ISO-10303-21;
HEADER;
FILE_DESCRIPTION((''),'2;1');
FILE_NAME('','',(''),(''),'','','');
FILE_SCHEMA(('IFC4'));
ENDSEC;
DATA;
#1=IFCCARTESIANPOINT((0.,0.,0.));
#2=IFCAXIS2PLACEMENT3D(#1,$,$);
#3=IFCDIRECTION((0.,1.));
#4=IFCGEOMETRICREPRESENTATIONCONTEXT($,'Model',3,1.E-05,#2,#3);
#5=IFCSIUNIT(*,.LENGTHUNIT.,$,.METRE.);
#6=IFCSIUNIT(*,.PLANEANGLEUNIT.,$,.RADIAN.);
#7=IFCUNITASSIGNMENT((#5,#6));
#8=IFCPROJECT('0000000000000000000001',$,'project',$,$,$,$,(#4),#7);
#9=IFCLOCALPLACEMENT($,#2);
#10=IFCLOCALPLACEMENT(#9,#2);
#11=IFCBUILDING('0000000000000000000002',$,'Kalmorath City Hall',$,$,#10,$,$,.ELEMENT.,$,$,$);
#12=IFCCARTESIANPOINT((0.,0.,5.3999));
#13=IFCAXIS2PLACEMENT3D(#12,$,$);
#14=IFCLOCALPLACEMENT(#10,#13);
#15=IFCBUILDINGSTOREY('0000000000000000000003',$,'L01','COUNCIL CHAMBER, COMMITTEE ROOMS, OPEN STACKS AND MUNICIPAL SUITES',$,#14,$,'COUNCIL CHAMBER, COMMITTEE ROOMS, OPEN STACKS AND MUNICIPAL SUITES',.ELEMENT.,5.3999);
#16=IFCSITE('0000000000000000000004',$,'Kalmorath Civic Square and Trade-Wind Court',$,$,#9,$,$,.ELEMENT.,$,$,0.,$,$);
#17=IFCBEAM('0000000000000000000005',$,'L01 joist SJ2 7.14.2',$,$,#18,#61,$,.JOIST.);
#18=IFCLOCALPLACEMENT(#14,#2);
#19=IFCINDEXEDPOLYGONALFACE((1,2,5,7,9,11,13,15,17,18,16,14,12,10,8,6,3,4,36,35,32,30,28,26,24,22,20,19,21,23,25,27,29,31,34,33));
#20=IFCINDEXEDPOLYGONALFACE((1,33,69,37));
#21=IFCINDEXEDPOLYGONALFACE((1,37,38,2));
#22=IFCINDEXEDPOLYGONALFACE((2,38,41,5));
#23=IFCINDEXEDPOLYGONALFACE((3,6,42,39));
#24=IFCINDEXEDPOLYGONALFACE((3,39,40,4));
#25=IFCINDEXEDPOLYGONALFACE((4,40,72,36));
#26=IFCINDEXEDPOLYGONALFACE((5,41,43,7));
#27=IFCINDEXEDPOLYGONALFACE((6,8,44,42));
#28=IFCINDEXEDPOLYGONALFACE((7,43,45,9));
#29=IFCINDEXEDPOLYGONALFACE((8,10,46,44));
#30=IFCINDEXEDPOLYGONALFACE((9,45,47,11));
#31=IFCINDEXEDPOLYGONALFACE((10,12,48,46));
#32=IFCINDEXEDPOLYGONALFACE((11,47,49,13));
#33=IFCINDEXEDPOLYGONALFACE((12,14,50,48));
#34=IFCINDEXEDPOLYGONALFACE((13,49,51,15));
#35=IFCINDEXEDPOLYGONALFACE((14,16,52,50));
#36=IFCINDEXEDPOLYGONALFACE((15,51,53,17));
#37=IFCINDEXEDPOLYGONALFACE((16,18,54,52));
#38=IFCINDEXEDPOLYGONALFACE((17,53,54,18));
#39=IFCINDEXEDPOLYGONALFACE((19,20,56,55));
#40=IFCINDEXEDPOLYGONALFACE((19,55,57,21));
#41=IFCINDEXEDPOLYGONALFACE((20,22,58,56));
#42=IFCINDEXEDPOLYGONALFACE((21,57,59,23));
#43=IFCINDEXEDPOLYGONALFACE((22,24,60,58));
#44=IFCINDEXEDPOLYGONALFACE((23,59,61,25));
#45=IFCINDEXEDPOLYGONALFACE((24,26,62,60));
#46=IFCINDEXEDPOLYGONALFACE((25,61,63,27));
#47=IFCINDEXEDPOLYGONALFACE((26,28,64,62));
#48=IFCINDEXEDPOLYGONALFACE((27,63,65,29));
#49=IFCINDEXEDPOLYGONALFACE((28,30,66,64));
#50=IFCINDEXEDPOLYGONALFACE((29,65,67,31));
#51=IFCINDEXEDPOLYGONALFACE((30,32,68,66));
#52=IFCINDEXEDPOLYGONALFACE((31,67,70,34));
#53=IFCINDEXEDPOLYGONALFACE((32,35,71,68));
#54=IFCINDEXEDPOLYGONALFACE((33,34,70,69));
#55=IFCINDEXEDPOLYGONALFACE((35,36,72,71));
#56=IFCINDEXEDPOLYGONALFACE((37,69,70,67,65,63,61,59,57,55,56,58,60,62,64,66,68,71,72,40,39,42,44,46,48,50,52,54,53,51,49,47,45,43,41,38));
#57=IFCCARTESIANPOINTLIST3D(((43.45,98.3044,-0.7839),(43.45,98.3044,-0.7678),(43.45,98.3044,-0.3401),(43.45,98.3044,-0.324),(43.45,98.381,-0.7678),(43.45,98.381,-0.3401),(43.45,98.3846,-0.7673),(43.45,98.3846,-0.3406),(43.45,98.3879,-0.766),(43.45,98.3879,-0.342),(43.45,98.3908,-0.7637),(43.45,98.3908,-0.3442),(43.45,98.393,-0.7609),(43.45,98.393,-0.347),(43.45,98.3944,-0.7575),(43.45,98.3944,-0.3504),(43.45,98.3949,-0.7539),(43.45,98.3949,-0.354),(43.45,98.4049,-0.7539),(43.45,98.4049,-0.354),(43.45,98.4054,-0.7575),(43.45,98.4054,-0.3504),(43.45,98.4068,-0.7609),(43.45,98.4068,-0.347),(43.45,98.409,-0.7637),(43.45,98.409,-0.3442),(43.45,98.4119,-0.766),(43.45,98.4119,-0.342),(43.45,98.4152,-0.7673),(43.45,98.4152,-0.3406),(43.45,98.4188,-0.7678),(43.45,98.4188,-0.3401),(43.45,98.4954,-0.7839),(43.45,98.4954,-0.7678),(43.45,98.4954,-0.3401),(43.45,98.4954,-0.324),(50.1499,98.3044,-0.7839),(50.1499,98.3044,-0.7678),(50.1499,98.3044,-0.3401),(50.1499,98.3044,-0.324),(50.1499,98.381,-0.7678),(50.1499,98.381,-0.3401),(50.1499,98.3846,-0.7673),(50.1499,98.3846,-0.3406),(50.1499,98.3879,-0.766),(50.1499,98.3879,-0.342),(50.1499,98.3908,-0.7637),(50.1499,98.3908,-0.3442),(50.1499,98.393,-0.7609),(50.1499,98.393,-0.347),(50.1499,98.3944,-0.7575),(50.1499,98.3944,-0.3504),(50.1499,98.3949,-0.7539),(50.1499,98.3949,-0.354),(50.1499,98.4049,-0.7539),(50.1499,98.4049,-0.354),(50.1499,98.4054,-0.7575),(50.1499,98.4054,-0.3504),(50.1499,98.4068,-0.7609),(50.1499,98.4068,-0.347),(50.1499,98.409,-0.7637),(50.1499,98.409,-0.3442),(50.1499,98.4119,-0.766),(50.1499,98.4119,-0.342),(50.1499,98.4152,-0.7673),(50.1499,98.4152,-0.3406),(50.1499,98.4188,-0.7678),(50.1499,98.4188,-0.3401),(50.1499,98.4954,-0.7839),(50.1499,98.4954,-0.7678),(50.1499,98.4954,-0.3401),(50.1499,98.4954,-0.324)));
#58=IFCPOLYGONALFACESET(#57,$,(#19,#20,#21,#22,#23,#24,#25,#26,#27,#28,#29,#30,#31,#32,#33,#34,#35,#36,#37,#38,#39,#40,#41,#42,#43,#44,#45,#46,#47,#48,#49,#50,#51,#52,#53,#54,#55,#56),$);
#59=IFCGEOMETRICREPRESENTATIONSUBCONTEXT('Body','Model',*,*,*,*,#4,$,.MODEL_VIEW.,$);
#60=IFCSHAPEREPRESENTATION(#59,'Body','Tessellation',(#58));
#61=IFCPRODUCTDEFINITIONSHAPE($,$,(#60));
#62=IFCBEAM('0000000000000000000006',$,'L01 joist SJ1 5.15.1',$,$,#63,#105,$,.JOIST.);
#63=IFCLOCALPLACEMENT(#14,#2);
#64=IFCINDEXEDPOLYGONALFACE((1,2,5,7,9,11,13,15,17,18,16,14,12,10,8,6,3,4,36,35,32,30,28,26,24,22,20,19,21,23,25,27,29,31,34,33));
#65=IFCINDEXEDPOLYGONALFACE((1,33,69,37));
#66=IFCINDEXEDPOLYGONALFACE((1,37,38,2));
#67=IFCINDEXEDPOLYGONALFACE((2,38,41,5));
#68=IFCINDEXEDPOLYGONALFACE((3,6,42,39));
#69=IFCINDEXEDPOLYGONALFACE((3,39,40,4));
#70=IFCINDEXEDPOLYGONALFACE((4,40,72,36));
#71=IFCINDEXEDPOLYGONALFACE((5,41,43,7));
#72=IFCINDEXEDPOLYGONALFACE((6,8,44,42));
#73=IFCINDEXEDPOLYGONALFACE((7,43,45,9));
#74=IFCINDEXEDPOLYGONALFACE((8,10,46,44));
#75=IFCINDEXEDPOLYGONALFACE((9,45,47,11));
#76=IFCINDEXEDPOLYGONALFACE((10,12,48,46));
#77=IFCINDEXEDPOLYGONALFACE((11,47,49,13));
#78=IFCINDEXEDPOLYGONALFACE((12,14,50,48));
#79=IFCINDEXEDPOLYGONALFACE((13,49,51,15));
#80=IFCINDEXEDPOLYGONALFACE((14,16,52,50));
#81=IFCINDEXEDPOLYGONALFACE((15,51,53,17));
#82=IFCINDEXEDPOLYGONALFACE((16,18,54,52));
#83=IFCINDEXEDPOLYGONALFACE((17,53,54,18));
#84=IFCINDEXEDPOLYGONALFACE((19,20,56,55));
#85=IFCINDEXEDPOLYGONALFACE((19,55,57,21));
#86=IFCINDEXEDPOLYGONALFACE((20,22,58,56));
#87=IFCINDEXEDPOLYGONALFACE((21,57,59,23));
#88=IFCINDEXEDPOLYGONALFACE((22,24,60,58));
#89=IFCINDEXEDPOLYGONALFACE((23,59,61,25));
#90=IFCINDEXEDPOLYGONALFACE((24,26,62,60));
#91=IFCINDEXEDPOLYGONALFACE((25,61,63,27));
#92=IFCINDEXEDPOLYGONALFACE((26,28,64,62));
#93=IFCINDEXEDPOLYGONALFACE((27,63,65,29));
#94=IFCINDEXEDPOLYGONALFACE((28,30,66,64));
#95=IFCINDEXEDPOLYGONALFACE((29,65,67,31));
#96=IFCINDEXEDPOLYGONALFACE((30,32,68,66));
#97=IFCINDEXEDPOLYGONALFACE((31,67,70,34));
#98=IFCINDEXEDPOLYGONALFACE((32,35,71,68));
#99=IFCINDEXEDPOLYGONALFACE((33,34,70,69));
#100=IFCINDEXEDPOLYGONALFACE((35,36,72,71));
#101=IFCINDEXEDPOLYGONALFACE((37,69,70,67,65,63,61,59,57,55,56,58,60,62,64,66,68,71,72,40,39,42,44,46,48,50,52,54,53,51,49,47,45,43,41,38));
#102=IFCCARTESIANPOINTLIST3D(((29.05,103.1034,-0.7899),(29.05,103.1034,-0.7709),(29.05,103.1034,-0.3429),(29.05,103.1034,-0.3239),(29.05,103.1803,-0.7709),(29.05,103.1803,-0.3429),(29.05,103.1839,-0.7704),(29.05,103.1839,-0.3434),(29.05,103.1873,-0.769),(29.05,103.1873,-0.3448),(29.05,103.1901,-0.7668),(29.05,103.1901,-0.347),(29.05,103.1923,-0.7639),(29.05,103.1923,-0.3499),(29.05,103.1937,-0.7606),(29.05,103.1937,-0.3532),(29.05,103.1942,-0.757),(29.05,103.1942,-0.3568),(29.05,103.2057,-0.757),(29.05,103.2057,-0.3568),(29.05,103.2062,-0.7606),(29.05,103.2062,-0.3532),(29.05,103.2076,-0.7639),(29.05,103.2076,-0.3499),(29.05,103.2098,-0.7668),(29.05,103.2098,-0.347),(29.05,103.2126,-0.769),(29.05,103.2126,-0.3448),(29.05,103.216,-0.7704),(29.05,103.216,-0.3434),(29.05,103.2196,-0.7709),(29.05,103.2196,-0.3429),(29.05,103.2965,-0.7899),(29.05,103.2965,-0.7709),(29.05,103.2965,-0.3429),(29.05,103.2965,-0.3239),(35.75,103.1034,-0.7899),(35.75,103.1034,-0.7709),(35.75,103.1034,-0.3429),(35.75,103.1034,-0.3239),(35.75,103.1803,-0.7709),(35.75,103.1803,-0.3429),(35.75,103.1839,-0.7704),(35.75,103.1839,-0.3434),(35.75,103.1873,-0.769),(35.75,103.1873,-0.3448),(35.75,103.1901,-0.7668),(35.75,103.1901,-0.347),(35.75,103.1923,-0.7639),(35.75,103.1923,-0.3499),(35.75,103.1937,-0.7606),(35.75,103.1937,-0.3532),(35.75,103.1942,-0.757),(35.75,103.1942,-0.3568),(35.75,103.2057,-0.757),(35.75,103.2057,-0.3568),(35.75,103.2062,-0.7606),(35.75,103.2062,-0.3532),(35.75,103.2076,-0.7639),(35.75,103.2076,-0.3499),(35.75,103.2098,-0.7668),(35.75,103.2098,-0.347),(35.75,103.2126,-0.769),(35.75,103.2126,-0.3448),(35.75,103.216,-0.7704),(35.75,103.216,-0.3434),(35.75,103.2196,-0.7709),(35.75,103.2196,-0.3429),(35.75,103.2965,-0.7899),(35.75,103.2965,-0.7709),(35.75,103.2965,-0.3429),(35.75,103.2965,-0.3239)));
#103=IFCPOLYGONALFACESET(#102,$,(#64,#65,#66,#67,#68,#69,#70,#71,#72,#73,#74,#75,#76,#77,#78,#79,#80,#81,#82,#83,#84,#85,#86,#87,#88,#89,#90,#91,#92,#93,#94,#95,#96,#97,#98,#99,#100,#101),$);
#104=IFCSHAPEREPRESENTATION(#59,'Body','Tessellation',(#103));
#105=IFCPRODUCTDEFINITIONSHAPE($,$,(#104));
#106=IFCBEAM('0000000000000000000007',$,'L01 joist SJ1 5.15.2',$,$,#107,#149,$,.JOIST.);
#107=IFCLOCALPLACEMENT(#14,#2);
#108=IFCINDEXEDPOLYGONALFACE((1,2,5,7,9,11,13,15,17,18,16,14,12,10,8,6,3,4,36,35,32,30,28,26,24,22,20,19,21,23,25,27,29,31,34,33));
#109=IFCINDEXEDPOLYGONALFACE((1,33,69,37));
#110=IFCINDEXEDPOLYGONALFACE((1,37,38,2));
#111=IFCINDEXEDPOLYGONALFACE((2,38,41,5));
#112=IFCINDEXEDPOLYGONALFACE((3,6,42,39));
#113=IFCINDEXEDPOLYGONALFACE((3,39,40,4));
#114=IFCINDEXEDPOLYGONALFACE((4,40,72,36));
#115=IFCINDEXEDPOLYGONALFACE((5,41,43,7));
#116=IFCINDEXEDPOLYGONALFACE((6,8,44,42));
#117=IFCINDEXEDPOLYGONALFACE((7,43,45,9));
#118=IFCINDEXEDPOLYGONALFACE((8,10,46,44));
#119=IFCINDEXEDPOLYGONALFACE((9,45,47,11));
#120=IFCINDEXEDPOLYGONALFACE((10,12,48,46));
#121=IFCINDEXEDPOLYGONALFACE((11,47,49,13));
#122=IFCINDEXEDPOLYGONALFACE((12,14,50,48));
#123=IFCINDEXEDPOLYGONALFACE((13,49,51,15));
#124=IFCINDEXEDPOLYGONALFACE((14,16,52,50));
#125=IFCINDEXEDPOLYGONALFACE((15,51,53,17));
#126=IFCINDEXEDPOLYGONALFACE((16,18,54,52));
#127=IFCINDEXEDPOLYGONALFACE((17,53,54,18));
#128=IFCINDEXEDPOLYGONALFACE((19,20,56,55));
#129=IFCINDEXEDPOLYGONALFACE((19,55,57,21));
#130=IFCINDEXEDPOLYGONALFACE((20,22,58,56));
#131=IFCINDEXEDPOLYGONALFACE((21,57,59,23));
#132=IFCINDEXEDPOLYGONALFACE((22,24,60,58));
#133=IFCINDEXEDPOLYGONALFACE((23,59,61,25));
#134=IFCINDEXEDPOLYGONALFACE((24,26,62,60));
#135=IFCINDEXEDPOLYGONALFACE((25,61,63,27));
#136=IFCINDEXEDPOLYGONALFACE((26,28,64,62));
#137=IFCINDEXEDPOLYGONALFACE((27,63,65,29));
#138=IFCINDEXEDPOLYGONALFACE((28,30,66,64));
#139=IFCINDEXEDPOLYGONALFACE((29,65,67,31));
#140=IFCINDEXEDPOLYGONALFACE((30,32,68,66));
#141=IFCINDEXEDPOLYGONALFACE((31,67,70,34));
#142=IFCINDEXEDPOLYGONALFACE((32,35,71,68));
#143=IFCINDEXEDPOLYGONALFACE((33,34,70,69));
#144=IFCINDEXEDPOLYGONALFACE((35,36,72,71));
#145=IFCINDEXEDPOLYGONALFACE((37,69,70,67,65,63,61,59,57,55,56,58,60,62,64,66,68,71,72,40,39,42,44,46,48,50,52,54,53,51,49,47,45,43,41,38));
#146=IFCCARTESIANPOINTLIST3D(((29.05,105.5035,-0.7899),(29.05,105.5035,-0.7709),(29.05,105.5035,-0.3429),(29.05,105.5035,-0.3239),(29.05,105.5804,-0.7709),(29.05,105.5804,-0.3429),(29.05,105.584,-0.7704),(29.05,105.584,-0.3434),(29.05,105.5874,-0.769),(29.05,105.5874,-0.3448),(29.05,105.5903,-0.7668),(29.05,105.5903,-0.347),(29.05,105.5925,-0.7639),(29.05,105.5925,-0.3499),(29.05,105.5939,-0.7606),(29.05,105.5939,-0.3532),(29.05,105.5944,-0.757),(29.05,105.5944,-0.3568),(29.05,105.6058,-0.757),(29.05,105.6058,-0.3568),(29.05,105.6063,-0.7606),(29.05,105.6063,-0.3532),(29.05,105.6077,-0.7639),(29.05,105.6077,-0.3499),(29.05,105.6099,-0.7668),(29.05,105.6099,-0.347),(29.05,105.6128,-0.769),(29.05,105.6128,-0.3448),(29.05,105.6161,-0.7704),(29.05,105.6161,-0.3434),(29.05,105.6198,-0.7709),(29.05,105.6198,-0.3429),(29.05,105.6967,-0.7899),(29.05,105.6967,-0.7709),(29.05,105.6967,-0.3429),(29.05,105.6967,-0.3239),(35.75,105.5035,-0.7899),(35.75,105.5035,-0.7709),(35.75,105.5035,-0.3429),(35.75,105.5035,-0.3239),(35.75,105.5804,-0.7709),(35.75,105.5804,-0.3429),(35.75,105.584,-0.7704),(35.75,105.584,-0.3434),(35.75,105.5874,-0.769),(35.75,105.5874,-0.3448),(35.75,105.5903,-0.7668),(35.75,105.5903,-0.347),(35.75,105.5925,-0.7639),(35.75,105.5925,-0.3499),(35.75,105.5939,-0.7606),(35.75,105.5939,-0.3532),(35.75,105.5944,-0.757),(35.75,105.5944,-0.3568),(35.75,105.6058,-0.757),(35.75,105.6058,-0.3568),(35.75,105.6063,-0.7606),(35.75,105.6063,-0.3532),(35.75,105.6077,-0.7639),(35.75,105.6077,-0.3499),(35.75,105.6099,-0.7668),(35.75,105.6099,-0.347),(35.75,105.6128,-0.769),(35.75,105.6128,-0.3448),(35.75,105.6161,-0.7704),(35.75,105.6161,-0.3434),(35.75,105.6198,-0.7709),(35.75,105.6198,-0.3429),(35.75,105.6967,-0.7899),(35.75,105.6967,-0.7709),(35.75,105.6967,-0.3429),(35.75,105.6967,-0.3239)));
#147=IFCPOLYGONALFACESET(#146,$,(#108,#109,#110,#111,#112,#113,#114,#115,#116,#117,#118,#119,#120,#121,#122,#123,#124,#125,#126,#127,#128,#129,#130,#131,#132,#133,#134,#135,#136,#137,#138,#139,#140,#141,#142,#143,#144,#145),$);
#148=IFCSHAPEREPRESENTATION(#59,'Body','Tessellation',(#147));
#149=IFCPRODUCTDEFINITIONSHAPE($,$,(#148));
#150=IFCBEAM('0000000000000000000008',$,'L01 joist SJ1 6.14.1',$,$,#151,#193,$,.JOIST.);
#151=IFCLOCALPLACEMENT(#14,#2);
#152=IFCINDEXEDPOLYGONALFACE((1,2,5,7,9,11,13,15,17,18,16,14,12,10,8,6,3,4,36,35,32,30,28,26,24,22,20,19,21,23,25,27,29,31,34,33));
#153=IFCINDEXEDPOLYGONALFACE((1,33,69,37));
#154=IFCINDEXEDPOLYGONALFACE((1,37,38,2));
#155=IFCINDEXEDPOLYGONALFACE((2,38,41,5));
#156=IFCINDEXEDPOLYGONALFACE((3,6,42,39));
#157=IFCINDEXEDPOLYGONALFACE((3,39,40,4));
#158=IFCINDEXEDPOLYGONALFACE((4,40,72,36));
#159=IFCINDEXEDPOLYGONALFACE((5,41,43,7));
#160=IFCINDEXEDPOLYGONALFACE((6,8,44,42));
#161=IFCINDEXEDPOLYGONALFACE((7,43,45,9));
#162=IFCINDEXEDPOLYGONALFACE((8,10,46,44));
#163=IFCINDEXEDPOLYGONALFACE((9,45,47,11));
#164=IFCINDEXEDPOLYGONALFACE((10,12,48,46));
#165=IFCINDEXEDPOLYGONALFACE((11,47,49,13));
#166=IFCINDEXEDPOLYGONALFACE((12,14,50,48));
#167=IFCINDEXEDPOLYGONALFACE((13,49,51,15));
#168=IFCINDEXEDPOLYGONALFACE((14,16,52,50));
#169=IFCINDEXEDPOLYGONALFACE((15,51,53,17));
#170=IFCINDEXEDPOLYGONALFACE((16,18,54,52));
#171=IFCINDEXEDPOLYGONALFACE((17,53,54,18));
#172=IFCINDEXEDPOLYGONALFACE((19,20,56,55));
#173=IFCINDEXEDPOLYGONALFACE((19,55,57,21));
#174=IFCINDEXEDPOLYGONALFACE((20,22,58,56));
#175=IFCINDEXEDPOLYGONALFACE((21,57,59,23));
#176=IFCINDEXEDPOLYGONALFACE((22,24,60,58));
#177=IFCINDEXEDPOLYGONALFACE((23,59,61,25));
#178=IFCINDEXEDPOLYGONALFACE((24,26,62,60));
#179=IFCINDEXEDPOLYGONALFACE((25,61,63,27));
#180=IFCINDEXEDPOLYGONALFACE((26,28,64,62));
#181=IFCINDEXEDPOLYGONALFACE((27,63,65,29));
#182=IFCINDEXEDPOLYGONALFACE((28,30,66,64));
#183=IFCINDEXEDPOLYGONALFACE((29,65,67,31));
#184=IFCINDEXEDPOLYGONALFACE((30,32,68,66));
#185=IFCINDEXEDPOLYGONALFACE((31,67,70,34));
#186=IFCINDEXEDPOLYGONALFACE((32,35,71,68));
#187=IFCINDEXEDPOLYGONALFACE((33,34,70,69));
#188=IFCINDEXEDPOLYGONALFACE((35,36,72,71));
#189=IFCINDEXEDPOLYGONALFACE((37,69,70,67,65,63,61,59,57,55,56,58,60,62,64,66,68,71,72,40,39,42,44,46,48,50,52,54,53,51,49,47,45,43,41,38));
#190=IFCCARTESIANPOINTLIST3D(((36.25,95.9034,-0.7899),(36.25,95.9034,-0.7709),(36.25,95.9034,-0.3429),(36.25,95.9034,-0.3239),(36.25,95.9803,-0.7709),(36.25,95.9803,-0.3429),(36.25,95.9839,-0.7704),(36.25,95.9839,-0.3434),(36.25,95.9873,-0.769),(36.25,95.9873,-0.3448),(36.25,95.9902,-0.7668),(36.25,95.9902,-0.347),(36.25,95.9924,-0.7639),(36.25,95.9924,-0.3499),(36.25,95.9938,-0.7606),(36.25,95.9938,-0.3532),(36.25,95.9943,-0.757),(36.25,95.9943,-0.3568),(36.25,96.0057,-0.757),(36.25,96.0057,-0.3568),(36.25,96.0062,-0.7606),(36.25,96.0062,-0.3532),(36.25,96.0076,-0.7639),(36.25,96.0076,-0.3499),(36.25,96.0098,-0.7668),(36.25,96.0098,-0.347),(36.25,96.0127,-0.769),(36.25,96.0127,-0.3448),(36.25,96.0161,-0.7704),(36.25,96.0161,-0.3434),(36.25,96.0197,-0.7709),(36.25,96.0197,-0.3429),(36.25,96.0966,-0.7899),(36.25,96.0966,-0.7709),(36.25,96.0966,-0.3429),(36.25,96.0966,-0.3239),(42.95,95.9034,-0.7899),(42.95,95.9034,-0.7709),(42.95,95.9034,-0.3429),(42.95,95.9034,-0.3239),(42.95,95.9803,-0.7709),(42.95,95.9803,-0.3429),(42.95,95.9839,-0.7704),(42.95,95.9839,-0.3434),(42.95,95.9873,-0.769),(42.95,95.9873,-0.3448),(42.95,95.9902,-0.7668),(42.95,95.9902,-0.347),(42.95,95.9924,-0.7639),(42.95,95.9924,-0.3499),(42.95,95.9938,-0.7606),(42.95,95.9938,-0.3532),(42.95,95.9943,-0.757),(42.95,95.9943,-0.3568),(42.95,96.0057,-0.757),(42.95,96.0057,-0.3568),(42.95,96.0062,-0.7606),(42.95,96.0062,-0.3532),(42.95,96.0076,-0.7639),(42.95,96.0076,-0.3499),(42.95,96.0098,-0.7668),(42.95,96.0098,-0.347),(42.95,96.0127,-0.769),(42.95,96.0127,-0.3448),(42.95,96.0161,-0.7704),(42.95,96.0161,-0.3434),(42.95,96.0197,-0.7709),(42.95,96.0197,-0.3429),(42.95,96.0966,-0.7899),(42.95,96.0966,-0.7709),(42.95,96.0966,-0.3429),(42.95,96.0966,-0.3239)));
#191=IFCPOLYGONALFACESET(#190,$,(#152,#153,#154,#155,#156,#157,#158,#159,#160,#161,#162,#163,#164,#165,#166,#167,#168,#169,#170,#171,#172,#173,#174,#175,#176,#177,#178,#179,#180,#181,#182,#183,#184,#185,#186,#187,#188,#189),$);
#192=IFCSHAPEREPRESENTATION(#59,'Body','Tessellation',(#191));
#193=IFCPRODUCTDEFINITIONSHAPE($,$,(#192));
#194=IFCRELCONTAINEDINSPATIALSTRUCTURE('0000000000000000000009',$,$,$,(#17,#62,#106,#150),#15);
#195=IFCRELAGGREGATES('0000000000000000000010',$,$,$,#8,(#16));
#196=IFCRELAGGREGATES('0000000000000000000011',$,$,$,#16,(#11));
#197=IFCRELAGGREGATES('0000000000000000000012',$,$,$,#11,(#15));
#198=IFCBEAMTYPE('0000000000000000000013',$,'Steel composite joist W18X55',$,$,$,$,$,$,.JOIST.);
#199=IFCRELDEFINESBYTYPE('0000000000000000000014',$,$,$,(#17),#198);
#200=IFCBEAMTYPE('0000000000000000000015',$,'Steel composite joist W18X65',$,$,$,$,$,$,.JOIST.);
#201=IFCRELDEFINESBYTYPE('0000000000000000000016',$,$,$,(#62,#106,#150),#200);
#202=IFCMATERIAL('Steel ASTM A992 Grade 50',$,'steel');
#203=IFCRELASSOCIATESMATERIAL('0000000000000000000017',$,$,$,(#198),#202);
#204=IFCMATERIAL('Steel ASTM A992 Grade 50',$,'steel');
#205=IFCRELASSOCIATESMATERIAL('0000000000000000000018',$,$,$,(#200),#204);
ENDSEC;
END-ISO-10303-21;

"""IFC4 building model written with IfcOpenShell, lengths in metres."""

from ifc_helpers import new_model, si_unit, direction, frame, origin, origin_2d, place, context, subcontext, project, spatial, i_section, extrude, material, material_profile, profile_set, type_object, element, save


model = new_model("IFC4")

# Units and contexts
model_context = context("Model", 3, precision=1e-05, world=origin(), true_north=direction((0.0, 1.0)))
body_context = subcontext(model_context, "Body", "Model", "MODEL_VIEW")
ifc_project = project(units=[si_unit("LENGTHUNIT", "METRE"), si_unit("PLANEANGLEUNIT", "RADIAN")], contexts=[model_context])

# Site, building, storey
site_placement = place(None, origin())
site = spatial("IfcSite", under=ifc_project, at=site_placement, Name="Kalmorath Civic Square and Trade-Wind Court", CompositionType="ELEMENT", RefElevation=0.0)
building_placement = place(site_placement, origin())
building = spatial("IfcBuilding", under=site, at=building_placement, Name="Kalmorath City Hall", CompositionType="ELEMENT")
storey_placement = place(building_placement, frame((0.0, 0.0, 5.3999)))
storey = spatial("IfcBuildingStorey", under=building, at=storey_placement, Name="L01", Description="COUNCIL CHAMBER, COMMITTEE ROOMS, OPEN STACKS AND MUNICIPAL SUITES", LongName="COUNCIL CHAMBER, COMMITTEE ROOMS, OPEN STACKS AND MUNICIPAL SUITES", CompositionType="ELEMENT", Elevation=5.3999)

# Beams
ifc_material_1 = material(Name="Steel ASTM A992 Grade 50", Category="steel")
ifc_material_profile_1 = material_profile(ifc_material_1, i_section(OverallWidth=0.1909, OverallDepth=0.46, WebThickness=0.01, FlangeThickness=0.0161, FilletRadius=0.0139, at=origin_2d()), Name="W18X55")
ifc_profile_set_1 = profile_set([ifc_material_profile_1], Name="Steel ASTM A992 Grade 50")
beam_type_1 = type_object("IfcBeamType", Name="Steel composite joist W18X55", PredefinedType="JOIST", material=ifc_profile_set_1)
for number, where, z_axis, x_axis, name in (
    (1, (43.45, 98.3999, -0.554), (1.0, 0.0, 0.0), (0.0, 1.0, 0.0), "L01 joist SJ2 7.14.2"),
):
    element("IfcBeam", number, at=place(storey_placement, frame(where, z_axis=z_axis, x_axis=x_axis)), inside=storey, type_object=beam_type_1, Name=name, PredefinedType="JOIST", context=body_context, shape_type="SweptSolid", body=[
        extrude(i_section(OverallWidth=0.1909, OverallDepth=0.46, WebThickness=0.01, FlangeThickness=0.0161, FilletRadius=0.0139, at=origin_2d()), origin(), (0.0, 0.0, 1.0), 6.7),
    ])
ifc_material_2 = material(Name="Steel ASTM A992 Grade 50", Category="steel")
ifc_material_profile_2 = material_profile(ifc_material_2, i_section(OverallWidth=0.1931, OverallDepth=0.4661, WebThickness=0.0115, FlangeThickness=0.019, FilletRadius=0.0139, at=origin_2d()), Name="W18X65")
ifc_profile_set_2 = profile_set([ifc_material_profile_2], Name="Steel ASTM A992 Grade 50")
beam_type_2 = type_object("IfcBeamType", Name="Steel composite joist W18X65", PredefinedType="JOIST", material=ifc_profile_set_2)
for number, where, z_axis, x_axis, name in (
    (2, (29.05, 103.2, -0.5569), (1.0, 0.0, 0.0), (0.0, 1.0, 0.0), "L01 joist SJ1 5.15.1"),
    (3, (29.05, 105.6001, -0.5569), (1.0, 0.0, 0.0), (0.0, 1.0, 0.0), "L01 joist SJ1 5.15.2"),
    (4, (36.25, 96.0, -0.5569), (1.0, 0.0, 0.0), (0.0, 1.0, 0.0), "L01 joist SJ1 6.14.1"),
):
    element("IfcBeam", number, at=place(storey_placement, frame(where, z_axis=z_axis, x_axis=x_axis)), inside=storey, type_object=beam_type_2, Name=name, PredefinedType="JOIST", context=body_context, shape_type="SweptSolid", body=[
        extrude(i_section(OverallWidth=0.1931, OverallDepth=0.4661, WebThickness=0.0115, FlangeThickness=0.019, FilletRadius=0.0139, at=origin_2d()), origin(), (0.0, 0.0, 1.0), 6.7),
    ])

save(model, "model.ifc")
